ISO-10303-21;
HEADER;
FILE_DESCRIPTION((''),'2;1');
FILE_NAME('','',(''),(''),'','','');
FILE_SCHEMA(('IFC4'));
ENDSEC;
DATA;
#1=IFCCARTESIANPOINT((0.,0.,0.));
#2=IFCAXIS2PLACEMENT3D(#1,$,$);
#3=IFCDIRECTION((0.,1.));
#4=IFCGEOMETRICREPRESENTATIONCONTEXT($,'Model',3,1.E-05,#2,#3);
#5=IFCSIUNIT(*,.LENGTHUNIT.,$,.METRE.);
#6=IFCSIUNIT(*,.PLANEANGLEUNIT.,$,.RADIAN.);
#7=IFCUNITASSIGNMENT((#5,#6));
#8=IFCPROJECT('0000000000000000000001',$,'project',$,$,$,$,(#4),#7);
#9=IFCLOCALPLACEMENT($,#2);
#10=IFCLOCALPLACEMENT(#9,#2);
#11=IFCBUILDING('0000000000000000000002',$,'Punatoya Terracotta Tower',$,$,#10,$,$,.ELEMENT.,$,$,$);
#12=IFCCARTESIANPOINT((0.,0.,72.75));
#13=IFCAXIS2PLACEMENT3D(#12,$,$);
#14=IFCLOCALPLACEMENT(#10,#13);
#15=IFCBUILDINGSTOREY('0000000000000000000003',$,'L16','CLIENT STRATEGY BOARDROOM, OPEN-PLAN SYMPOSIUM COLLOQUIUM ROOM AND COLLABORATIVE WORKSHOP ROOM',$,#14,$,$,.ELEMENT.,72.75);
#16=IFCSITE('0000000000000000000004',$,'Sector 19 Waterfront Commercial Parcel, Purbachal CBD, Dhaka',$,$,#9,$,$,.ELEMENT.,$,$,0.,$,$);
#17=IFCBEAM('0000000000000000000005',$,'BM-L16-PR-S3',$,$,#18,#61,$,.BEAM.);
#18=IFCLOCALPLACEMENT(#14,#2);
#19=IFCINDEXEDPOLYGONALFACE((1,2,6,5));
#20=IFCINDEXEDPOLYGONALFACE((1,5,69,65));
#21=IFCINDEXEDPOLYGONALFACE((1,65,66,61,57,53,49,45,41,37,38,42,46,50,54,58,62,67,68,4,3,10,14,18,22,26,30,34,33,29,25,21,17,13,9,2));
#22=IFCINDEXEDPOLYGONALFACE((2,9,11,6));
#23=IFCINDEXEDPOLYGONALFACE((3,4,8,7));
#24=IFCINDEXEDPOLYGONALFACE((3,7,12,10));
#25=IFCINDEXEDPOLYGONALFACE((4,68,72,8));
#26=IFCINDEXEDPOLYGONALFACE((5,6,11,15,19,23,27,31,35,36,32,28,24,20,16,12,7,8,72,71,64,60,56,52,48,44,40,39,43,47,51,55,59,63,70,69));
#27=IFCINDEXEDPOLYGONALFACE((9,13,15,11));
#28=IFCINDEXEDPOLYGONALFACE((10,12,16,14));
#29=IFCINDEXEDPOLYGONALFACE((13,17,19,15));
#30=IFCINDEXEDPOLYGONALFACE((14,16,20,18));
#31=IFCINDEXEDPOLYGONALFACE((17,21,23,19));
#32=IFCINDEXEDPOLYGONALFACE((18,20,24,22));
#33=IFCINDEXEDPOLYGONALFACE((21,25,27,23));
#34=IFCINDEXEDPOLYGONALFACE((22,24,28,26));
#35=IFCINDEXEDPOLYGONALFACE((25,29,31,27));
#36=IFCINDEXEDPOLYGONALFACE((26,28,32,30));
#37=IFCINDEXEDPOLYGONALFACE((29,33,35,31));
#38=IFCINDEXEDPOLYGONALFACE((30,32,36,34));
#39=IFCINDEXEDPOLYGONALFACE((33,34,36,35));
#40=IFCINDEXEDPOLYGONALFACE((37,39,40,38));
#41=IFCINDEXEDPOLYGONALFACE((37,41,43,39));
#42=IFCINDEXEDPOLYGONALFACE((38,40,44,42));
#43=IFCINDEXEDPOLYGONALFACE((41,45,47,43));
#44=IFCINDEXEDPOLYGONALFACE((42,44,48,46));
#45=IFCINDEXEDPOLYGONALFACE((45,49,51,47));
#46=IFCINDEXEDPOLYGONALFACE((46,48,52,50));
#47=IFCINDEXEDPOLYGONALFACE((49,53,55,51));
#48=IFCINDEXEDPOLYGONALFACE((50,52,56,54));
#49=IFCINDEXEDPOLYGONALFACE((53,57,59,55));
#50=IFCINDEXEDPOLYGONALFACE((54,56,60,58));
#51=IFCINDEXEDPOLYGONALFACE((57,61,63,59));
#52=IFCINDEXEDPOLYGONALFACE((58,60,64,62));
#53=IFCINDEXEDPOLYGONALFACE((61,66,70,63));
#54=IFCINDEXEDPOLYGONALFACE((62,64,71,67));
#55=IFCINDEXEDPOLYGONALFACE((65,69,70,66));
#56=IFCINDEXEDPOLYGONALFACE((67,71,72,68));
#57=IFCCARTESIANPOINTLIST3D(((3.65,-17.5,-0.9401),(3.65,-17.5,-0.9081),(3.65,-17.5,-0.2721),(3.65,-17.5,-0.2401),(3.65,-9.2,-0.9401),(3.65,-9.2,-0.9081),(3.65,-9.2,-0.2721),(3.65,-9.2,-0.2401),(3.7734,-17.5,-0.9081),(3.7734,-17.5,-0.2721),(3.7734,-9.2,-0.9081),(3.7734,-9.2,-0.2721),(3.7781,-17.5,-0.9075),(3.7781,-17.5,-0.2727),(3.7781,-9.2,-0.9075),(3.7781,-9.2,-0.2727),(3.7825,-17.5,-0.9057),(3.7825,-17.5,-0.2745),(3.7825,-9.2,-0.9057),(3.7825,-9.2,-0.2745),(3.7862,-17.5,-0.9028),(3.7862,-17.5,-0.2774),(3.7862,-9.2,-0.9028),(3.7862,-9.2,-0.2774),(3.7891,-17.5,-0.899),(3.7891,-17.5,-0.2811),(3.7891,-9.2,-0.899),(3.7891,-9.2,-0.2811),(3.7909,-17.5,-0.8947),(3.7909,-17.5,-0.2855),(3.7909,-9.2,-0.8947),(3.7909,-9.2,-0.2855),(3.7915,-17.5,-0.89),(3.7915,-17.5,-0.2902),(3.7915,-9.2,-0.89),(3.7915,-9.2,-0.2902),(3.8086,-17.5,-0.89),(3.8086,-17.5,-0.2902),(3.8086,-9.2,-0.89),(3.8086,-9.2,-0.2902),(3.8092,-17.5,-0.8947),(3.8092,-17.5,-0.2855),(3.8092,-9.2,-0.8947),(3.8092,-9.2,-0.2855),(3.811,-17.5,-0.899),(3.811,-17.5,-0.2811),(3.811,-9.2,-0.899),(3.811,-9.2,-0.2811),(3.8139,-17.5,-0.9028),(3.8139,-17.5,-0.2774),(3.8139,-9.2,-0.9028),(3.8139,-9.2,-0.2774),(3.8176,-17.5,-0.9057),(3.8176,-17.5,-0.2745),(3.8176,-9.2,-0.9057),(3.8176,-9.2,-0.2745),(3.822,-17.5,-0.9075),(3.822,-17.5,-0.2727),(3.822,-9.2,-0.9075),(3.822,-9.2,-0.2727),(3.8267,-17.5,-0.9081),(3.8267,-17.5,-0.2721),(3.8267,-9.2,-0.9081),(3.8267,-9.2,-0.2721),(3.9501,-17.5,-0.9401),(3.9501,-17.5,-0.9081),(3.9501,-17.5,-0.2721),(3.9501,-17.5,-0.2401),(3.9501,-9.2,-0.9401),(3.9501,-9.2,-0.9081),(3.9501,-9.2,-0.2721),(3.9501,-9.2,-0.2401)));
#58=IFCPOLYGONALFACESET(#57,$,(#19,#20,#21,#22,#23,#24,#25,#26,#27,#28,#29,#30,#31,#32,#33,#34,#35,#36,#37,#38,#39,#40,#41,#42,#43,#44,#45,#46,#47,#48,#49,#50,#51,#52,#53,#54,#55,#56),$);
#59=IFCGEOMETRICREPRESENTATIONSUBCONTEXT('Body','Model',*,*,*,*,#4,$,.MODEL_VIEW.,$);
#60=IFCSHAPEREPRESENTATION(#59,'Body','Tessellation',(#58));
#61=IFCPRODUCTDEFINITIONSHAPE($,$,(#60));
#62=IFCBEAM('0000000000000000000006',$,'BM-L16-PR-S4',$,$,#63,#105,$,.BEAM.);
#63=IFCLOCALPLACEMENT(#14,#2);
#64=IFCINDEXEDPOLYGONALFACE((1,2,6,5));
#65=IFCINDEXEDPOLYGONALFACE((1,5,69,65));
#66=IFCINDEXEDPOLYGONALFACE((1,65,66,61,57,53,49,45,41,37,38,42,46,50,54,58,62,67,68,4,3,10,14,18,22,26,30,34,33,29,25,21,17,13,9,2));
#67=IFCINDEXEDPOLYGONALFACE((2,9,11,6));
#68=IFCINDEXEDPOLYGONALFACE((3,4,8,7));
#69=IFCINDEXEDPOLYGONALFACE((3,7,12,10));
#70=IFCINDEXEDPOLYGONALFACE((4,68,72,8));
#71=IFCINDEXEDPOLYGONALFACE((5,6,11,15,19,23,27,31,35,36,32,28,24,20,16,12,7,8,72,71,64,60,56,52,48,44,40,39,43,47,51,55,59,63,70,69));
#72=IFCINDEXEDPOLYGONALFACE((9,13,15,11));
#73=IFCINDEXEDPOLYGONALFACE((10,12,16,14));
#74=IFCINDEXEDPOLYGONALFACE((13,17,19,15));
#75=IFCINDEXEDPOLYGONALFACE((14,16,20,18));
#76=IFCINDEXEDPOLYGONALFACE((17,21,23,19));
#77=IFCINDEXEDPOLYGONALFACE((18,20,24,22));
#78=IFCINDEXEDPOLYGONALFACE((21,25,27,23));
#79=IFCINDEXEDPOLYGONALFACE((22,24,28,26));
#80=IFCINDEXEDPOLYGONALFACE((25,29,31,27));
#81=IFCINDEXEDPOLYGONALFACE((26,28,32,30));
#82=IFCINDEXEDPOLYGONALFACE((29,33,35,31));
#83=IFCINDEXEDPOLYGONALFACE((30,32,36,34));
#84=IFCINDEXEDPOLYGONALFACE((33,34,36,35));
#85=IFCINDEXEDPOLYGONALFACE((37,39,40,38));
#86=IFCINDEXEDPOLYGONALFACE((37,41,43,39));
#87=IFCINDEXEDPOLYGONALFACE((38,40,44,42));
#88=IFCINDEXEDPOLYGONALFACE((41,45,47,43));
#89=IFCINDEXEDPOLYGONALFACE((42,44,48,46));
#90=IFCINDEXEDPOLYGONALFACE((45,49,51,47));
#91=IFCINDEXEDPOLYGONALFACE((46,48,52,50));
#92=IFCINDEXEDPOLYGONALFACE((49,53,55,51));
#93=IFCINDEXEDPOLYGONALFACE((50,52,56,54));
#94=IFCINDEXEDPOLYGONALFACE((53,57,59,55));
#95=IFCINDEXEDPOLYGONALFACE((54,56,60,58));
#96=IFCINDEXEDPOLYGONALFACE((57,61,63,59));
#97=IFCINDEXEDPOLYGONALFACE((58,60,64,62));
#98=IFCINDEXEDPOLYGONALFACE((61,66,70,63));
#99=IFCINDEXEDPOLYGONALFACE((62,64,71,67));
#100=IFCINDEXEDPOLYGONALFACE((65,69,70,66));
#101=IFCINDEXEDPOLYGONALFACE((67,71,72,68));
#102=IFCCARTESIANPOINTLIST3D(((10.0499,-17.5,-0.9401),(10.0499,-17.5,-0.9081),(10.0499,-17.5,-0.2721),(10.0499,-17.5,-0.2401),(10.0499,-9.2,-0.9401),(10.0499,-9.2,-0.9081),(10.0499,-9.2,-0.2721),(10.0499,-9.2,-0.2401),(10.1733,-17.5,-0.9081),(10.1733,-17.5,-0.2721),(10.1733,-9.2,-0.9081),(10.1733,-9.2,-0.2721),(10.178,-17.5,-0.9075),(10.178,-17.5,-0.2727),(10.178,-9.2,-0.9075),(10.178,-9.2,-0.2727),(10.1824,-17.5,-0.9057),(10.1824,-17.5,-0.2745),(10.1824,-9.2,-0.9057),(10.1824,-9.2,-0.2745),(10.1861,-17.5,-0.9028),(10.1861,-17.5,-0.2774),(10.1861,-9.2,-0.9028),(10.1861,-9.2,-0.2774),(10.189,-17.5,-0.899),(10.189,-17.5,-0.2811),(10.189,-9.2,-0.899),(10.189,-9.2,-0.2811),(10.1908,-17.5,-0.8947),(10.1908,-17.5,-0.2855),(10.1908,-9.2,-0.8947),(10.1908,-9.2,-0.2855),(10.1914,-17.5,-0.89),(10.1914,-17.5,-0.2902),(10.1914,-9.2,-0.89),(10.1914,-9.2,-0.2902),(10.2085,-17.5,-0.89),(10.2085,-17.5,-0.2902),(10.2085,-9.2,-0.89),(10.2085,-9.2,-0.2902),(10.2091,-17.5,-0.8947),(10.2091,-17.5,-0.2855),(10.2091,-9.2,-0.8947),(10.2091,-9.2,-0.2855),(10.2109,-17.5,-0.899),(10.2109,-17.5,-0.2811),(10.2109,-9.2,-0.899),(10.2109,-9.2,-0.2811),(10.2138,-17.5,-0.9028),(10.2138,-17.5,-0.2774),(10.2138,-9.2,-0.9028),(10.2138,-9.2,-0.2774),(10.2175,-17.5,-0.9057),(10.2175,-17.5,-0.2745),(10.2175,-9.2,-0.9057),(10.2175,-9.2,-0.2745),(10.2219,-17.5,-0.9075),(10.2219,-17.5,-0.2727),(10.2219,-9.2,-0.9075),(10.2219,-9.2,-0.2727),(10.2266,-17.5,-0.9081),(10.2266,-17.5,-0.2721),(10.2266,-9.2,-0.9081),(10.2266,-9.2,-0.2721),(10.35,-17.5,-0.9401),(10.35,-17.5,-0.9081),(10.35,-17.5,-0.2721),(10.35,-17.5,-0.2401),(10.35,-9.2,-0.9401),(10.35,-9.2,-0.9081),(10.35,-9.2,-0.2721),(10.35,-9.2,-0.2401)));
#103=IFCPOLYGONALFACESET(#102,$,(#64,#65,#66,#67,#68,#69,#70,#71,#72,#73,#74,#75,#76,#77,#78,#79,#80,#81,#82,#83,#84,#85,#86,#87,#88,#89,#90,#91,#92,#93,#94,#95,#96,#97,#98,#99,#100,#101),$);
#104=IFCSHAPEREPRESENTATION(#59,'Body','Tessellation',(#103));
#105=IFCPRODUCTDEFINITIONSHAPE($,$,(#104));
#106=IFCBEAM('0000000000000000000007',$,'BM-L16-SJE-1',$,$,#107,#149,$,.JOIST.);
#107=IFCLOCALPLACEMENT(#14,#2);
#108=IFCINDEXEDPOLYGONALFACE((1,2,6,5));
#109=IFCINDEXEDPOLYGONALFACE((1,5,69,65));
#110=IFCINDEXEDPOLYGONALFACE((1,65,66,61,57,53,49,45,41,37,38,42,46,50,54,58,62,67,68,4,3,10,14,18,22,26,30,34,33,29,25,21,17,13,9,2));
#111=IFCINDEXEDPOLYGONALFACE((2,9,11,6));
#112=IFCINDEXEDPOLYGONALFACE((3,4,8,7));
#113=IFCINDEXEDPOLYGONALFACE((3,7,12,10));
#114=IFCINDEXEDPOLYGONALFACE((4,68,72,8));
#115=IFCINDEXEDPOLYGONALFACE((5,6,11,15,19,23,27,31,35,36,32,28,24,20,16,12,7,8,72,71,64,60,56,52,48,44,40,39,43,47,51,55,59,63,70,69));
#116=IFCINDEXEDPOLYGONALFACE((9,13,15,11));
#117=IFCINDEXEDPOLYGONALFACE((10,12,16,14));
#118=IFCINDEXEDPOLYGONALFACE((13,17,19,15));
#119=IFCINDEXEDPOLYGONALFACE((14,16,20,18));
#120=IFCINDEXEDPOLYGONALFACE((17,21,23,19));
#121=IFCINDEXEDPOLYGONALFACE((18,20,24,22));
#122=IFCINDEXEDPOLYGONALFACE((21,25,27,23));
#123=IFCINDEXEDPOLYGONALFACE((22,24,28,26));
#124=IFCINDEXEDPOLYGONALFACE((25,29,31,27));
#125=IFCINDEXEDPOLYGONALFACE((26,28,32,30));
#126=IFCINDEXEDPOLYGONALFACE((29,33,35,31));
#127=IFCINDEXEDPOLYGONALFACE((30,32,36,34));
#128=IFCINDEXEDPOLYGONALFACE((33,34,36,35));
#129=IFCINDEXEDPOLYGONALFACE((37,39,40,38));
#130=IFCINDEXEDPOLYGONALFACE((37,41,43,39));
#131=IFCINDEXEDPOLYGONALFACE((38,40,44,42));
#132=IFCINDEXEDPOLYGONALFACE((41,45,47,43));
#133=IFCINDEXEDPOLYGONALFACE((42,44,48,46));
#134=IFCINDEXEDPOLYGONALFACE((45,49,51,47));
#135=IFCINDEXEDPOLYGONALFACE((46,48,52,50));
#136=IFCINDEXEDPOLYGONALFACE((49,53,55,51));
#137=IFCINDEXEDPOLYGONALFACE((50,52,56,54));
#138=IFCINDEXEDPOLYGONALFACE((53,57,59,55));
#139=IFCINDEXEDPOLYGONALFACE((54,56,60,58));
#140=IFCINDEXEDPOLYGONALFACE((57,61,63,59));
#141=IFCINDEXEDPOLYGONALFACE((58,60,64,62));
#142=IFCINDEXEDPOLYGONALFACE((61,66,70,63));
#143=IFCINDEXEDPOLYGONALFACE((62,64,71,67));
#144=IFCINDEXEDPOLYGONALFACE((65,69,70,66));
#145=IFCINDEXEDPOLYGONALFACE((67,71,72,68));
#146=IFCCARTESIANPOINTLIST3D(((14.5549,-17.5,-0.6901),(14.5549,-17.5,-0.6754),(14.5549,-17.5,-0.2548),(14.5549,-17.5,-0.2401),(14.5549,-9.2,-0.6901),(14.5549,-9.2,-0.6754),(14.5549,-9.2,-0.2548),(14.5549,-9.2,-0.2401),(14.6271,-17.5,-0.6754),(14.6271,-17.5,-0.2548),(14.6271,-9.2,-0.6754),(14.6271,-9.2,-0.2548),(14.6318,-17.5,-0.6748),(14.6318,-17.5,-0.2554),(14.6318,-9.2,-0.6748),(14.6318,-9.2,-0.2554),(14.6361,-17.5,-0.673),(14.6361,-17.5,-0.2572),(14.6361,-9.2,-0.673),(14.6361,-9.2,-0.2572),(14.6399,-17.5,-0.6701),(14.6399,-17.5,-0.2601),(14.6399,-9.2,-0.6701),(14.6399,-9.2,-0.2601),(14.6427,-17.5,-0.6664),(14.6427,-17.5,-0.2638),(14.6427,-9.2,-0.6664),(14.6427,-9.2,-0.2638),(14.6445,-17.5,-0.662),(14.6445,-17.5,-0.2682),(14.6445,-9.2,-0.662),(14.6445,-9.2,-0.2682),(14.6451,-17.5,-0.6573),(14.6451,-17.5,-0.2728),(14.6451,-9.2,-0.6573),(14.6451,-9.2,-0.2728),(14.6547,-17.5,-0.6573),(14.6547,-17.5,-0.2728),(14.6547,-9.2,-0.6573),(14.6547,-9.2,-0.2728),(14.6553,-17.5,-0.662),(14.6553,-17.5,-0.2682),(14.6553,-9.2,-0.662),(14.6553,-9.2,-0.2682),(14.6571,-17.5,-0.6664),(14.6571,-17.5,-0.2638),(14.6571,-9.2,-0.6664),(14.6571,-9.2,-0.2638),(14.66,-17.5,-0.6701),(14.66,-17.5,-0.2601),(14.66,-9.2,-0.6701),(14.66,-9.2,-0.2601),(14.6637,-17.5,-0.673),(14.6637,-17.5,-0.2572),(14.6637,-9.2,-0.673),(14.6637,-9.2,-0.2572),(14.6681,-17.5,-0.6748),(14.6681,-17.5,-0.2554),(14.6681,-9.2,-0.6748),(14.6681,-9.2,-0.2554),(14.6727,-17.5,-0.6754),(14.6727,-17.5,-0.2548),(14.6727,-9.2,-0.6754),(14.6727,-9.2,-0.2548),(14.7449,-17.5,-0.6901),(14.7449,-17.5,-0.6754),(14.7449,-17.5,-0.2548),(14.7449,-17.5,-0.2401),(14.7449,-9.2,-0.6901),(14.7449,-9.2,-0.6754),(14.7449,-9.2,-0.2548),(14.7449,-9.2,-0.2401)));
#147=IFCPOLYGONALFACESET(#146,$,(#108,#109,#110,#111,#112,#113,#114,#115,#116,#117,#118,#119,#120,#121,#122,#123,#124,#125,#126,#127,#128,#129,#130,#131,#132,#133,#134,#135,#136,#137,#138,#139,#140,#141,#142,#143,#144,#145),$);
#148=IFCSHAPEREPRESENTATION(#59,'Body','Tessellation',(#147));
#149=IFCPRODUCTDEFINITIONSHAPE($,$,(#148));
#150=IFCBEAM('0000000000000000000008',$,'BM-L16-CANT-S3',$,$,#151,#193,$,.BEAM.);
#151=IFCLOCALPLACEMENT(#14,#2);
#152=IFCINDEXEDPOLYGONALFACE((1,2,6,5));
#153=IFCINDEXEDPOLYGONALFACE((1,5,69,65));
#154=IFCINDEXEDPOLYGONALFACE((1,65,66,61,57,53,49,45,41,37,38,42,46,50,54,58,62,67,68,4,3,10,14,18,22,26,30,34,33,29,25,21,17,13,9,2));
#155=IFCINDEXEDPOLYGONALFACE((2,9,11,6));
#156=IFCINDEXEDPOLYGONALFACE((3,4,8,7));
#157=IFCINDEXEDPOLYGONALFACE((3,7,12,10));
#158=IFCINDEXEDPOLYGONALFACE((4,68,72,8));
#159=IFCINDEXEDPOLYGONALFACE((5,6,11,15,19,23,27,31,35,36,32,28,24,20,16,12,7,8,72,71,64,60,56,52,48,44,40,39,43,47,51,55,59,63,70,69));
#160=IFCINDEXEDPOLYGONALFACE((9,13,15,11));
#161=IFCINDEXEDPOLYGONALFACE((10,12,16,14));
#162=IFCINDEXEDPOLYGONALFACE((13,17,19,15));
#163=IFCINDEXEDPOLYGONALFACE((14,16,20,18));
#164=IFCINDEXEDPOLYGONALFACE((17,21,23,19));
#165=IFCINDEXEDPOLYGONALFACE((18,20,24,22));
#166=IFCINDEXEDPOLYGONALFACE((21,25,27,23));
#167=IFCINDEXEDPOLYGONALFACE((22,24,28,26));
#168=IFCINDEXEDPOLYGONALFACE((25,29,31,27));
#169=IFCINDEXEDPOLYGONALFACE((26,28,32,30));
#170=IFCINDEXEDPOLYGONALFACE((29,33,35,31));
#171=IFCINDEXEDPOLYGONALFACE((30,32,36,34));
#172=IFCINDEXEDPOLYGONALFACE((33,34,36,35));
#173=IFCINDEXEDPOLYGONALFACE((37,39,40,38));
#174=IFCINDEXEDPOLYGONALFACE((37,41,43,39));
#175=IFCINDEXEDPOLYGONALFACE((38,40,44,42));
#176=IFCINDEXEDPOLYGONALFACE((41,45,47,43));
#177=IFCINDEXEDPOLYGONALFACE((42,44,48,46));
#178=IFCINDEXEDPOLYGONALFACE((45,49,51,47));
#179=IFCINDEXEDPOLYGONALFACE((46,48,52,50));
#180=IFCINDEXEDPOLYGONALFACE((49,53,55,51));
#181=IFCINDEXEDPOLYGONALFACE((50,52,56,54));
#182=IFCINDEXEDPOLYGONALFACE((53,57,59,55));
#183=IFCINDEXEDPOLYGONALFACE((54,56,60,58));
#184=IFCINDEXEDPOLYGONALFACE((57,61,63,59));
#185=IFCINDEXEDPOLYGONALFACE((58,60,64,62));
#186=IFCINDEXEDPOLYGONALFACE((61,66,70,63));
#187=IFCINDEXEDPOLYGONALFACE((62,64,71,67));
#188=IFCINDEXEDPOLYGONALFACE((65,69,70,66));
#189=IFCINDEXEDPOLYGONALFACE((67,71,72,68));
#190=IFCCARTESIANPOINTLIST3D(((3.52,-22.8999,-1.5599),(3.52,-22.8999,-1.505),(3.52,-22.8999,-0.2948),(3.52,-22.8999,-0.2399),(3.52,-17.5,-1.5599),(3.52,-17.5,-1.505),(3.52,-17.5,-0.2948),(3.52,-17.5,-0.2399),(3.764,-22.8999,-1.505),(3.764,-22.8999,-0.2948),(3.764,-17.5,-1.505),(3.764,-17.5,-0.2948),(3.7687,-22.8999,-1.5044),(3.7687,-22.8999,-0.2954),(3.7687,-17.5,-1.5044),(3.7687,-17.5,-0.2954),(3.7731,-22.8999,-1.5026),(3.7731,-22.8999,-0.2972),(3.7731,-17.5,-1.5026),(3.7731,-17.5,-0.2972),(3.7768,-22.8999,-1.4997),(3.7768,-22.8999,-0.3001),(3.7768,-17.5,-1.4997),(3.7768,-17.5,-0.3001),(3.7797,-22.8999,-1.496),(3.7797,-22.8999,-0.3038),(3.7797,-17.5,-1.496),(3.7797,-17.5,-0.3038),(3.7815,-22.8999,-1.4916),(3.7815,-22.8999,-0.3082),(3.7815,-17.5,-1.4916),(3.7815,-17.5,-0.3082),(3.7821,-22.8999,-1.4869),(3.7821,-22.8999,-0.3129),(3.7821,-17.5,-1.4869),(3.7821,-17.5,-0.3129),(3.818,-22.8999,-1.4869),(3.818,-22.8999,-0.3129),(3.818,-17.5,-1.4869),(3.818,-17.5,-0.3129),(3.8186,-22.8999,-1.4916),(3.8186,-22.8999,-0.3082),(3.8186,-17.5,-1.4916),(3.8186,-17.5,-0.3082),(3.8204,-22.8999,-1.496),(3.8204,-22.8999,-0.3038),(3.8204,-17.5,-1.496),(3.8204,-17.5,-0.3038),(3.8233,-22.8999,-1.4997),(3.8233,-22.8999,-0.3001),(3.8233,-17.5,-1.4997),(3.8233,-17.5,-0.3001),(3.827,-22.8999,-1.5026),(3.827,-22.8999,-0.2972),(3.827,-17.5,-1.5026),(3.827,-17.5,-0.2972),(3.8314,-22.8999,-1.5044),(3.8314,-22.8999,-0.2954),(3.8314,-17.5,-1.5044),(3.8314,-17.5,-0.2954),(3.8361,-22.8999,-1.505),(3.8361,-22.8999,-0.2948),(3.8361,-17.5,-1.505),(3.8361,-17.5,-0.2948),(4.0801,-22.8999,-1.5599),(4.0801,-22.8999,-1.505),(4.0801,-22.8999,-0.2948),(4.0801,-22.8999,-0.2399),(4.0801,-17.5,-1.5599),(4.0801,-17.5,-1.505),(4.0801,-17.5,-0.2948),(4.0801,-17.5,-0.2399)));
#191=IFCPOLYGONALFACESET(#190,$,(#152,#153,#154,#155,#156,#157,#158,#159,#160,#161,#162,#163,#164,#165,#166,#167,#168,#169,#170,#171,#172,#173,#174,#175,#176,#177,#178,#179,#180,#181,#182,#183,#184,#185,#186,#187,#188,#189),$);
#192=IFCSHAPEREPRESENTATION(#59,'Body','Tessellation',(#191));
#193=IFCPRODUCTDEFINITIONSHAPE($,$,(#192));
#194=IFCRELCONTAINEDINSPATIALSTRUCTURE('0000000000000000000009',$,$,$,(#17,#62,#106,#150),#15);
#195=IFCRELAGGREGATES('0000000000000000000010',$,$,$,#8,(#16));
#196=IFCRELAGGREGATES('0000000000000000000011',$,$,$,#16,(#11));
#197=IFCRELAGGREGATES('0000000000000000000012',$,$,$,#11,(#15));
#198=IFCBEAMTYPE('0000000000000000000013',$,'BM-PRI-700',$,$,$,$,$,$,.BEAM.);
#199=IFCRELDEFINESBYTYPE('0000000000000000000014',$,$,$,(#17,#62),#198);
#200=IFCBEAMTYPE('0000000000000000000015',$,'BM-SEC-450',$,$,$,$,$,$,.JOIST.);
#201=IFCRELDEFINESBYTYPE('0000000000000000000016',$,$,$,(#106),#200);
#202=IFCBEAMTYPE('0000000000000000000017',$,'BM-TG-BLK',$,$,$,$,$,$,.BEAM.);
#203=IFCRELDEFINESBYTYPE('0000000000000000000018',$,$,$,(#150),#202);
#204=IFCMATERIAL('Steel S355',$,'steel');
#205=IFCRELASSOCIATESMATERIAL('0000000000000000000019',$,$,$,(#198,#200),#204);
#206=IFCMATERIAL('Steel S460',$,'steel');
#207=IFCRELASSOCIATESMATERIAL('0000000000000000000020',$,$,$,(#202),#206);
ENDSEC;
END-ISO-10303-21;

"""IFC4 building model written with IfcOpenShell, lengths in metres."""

from ifc_helpers import new_model, si_unit, direction, frame, origin, origin_2d, place, context, subcontext, project, spatial, i_section, extrude, material, material_profile, profile_set, type_object, element, save


model = new_model("IFC4")

# Units and contexts
model_context = context("Model", 3, precision=1e-05, world=origin(), true_north=direction((0.0, 1.0)))
body_context = subcontext(model_context, "Body", "Model", "MODEL_VIEW")
ifc_project = project(units=[si_unit("LENGTHUNIT", "METRE"), si_unit("PLANEANGLEUNIT", "RADIAN")], contexts=[model_context])

# Site, building, storey
site_placement = place(None, origin())
site = spatial("IfcSite", under=ifc_project, at=site_placement, Name="Sector 19 Waterfront Commercial Parcel, Purbachal CBD, Dhaka", CompositionType="ELEMENT", RefElevation=0.0)
building_placement = place(site_placement, origin())
building = spatial("IfcBuilding", under=site, at=building_placement, Name="Punatoya Terracotta Tower", CompositionType="ELEMENT")
storey_placement = place(building_placement, frame((0.0, 0.0, 72.75)))
storey = spatial("IfcBuildingStorey", under=building, at=storey_placement, Name="L16", Description="CLIENT STRATEGY BOARDROOM, OPEN-PLAN SYMPOSIUM COLLOQUIUM ROOM AND COLLABORATIVE WORKSHOP ROOM", CompositionType="ELEMENT", Elevation=72.75)

# Shared definitions
ifc_material_1 = material(Name="Steel S460", Category="steel")

# Beams
ifc_material_2 = material(Name="Steel S355", Category="steel")
ifc_material_profile_1 = material_profile(ifc_material_2, i_section(OverallWidth=0.3, OverallDepth=0.7, WebThickness=0.0171, FlangeThickness=0.032, FilletRadius=0.0181, at=origin_2d()))
ifc_profile_set_1 = profile_set([ifc_material_profile_1], Name="Steel S355")
beam_type_1 = type_object("IfcBeamType", Name="BM-PRI-700", PredefinedType="BEAM", material=ifc_profile_set_1)
for number, where, z_axis, x_axis, name in (
    (1, (3.8, -17.5, -0.5901), (0.0, 1.0, 0.0), (-1.0, 0.0, 0.0), "BM-L16-PR-S3"),
    (2, (10.2, -17.5, -0.5901), (0.0, 1.0, 0.0), (-1.0, 0.0, 0.0), "BM-L16-PR-S4"),
):
    element("IfcBeam", number, at=place(storey_placement, frame(where, z_axis=z_axis, x_axis=x_axis)), inside=storey, type_object=beam_type_1, Name=name, PredefinedType="BEAM", context=body_context, shape_type="SweptSolid", body=[
        extrude(i_section(OverallWidth=0.3, OverallDepth=0.7, WebThickness=0.0171, FlangeThickness=0.032, FilletRadius=0.0181, at=origin_2d()), origin(), (0.0, 0.0, 1.0), 8.3),
    ])
ifc_material_profile_2 = material_profile(ifc_material_2, i_section(OverallWidth=0.1899, OverallDepth=0.45, WebThickness=0.0095, FlangeThickness=0.0146, FilletRadius=0.0181, at=origin_2d()))
ifc_profile_set_2 = profile_set([ifc_material_profile_2], Name="Steel S355")
beam_type_2 = type_object("IfcBeamType", Name="BM-SEC-450", PredefinedType="JOIST", material=ifc_profile_set_2)
beam_1_placement = place(storey_placement, frame((14.6499, -17.5, -0.4651), z_axis=(0.0, 1.0, 0.0), x_axis=(-1.0, 0.0, 0.0)))
element("IfcBeam", 3, at=beam_1_placement, inside=storey, type_object=beam_type_2, Name="BM-L16-SJE-1", PredefinedType="JOIST", context=body_context, shape_type="SweptSolid", body=[
    extrude(i_section(OverallWidth=0.1899, OverallDepth=0.45, WebThickness=0.0095, FlangeThickness=0.0146, FilletRadius=0.0181, at=origin_2d()), origin(), (0.0, 0.0, 1.0), 8.3),
])
ifc_material_profile_3 = material_profile(ifc_material_1, i_section(OverallWidth=0.5601, OverallDepth=1.3201, WebThickness=0.0359, FlangeThickness=0.0549, FilletRadius=0.0181, at=origin_2d()))
ifc_profile_set_3 = profile_set([ifc_material_profile_3], Name="Steel S460")
beam_type_3 = type_object("IfcBeamType", Name="BM-TG-BLK", PredefinedType="BEAM", material=ifc_profile_set_3)
for number, where, z_axis, x_axis, name in (
    (4, (3.8, -22.8999, -0.8999), (0.0, 1.0, 0.0), (-1.0, 0.0, 0.0), "BM-L16-CANT-S3"),
):
    element("IfcBeam", number, at=place(storey_placement, frame(where, z_axis=z_axis, x_axis=x_axis)), inside=storey, type_object=beam_type_3, Name=name, PredefinedType="BEAM", context=body_context, shape_type="SweptSolid", body=[
        extrude(i_section(OverallWidth=0.5601, OverallDepth=1.3201, WebThickness=0.0359, FlangeThickness=0.0549, FilletRadius=0.0181, at=origin_2d()), origin(), (0.0, 0.0, 1.0), 5.3999),
    ])

save(model, "model.ifc")
